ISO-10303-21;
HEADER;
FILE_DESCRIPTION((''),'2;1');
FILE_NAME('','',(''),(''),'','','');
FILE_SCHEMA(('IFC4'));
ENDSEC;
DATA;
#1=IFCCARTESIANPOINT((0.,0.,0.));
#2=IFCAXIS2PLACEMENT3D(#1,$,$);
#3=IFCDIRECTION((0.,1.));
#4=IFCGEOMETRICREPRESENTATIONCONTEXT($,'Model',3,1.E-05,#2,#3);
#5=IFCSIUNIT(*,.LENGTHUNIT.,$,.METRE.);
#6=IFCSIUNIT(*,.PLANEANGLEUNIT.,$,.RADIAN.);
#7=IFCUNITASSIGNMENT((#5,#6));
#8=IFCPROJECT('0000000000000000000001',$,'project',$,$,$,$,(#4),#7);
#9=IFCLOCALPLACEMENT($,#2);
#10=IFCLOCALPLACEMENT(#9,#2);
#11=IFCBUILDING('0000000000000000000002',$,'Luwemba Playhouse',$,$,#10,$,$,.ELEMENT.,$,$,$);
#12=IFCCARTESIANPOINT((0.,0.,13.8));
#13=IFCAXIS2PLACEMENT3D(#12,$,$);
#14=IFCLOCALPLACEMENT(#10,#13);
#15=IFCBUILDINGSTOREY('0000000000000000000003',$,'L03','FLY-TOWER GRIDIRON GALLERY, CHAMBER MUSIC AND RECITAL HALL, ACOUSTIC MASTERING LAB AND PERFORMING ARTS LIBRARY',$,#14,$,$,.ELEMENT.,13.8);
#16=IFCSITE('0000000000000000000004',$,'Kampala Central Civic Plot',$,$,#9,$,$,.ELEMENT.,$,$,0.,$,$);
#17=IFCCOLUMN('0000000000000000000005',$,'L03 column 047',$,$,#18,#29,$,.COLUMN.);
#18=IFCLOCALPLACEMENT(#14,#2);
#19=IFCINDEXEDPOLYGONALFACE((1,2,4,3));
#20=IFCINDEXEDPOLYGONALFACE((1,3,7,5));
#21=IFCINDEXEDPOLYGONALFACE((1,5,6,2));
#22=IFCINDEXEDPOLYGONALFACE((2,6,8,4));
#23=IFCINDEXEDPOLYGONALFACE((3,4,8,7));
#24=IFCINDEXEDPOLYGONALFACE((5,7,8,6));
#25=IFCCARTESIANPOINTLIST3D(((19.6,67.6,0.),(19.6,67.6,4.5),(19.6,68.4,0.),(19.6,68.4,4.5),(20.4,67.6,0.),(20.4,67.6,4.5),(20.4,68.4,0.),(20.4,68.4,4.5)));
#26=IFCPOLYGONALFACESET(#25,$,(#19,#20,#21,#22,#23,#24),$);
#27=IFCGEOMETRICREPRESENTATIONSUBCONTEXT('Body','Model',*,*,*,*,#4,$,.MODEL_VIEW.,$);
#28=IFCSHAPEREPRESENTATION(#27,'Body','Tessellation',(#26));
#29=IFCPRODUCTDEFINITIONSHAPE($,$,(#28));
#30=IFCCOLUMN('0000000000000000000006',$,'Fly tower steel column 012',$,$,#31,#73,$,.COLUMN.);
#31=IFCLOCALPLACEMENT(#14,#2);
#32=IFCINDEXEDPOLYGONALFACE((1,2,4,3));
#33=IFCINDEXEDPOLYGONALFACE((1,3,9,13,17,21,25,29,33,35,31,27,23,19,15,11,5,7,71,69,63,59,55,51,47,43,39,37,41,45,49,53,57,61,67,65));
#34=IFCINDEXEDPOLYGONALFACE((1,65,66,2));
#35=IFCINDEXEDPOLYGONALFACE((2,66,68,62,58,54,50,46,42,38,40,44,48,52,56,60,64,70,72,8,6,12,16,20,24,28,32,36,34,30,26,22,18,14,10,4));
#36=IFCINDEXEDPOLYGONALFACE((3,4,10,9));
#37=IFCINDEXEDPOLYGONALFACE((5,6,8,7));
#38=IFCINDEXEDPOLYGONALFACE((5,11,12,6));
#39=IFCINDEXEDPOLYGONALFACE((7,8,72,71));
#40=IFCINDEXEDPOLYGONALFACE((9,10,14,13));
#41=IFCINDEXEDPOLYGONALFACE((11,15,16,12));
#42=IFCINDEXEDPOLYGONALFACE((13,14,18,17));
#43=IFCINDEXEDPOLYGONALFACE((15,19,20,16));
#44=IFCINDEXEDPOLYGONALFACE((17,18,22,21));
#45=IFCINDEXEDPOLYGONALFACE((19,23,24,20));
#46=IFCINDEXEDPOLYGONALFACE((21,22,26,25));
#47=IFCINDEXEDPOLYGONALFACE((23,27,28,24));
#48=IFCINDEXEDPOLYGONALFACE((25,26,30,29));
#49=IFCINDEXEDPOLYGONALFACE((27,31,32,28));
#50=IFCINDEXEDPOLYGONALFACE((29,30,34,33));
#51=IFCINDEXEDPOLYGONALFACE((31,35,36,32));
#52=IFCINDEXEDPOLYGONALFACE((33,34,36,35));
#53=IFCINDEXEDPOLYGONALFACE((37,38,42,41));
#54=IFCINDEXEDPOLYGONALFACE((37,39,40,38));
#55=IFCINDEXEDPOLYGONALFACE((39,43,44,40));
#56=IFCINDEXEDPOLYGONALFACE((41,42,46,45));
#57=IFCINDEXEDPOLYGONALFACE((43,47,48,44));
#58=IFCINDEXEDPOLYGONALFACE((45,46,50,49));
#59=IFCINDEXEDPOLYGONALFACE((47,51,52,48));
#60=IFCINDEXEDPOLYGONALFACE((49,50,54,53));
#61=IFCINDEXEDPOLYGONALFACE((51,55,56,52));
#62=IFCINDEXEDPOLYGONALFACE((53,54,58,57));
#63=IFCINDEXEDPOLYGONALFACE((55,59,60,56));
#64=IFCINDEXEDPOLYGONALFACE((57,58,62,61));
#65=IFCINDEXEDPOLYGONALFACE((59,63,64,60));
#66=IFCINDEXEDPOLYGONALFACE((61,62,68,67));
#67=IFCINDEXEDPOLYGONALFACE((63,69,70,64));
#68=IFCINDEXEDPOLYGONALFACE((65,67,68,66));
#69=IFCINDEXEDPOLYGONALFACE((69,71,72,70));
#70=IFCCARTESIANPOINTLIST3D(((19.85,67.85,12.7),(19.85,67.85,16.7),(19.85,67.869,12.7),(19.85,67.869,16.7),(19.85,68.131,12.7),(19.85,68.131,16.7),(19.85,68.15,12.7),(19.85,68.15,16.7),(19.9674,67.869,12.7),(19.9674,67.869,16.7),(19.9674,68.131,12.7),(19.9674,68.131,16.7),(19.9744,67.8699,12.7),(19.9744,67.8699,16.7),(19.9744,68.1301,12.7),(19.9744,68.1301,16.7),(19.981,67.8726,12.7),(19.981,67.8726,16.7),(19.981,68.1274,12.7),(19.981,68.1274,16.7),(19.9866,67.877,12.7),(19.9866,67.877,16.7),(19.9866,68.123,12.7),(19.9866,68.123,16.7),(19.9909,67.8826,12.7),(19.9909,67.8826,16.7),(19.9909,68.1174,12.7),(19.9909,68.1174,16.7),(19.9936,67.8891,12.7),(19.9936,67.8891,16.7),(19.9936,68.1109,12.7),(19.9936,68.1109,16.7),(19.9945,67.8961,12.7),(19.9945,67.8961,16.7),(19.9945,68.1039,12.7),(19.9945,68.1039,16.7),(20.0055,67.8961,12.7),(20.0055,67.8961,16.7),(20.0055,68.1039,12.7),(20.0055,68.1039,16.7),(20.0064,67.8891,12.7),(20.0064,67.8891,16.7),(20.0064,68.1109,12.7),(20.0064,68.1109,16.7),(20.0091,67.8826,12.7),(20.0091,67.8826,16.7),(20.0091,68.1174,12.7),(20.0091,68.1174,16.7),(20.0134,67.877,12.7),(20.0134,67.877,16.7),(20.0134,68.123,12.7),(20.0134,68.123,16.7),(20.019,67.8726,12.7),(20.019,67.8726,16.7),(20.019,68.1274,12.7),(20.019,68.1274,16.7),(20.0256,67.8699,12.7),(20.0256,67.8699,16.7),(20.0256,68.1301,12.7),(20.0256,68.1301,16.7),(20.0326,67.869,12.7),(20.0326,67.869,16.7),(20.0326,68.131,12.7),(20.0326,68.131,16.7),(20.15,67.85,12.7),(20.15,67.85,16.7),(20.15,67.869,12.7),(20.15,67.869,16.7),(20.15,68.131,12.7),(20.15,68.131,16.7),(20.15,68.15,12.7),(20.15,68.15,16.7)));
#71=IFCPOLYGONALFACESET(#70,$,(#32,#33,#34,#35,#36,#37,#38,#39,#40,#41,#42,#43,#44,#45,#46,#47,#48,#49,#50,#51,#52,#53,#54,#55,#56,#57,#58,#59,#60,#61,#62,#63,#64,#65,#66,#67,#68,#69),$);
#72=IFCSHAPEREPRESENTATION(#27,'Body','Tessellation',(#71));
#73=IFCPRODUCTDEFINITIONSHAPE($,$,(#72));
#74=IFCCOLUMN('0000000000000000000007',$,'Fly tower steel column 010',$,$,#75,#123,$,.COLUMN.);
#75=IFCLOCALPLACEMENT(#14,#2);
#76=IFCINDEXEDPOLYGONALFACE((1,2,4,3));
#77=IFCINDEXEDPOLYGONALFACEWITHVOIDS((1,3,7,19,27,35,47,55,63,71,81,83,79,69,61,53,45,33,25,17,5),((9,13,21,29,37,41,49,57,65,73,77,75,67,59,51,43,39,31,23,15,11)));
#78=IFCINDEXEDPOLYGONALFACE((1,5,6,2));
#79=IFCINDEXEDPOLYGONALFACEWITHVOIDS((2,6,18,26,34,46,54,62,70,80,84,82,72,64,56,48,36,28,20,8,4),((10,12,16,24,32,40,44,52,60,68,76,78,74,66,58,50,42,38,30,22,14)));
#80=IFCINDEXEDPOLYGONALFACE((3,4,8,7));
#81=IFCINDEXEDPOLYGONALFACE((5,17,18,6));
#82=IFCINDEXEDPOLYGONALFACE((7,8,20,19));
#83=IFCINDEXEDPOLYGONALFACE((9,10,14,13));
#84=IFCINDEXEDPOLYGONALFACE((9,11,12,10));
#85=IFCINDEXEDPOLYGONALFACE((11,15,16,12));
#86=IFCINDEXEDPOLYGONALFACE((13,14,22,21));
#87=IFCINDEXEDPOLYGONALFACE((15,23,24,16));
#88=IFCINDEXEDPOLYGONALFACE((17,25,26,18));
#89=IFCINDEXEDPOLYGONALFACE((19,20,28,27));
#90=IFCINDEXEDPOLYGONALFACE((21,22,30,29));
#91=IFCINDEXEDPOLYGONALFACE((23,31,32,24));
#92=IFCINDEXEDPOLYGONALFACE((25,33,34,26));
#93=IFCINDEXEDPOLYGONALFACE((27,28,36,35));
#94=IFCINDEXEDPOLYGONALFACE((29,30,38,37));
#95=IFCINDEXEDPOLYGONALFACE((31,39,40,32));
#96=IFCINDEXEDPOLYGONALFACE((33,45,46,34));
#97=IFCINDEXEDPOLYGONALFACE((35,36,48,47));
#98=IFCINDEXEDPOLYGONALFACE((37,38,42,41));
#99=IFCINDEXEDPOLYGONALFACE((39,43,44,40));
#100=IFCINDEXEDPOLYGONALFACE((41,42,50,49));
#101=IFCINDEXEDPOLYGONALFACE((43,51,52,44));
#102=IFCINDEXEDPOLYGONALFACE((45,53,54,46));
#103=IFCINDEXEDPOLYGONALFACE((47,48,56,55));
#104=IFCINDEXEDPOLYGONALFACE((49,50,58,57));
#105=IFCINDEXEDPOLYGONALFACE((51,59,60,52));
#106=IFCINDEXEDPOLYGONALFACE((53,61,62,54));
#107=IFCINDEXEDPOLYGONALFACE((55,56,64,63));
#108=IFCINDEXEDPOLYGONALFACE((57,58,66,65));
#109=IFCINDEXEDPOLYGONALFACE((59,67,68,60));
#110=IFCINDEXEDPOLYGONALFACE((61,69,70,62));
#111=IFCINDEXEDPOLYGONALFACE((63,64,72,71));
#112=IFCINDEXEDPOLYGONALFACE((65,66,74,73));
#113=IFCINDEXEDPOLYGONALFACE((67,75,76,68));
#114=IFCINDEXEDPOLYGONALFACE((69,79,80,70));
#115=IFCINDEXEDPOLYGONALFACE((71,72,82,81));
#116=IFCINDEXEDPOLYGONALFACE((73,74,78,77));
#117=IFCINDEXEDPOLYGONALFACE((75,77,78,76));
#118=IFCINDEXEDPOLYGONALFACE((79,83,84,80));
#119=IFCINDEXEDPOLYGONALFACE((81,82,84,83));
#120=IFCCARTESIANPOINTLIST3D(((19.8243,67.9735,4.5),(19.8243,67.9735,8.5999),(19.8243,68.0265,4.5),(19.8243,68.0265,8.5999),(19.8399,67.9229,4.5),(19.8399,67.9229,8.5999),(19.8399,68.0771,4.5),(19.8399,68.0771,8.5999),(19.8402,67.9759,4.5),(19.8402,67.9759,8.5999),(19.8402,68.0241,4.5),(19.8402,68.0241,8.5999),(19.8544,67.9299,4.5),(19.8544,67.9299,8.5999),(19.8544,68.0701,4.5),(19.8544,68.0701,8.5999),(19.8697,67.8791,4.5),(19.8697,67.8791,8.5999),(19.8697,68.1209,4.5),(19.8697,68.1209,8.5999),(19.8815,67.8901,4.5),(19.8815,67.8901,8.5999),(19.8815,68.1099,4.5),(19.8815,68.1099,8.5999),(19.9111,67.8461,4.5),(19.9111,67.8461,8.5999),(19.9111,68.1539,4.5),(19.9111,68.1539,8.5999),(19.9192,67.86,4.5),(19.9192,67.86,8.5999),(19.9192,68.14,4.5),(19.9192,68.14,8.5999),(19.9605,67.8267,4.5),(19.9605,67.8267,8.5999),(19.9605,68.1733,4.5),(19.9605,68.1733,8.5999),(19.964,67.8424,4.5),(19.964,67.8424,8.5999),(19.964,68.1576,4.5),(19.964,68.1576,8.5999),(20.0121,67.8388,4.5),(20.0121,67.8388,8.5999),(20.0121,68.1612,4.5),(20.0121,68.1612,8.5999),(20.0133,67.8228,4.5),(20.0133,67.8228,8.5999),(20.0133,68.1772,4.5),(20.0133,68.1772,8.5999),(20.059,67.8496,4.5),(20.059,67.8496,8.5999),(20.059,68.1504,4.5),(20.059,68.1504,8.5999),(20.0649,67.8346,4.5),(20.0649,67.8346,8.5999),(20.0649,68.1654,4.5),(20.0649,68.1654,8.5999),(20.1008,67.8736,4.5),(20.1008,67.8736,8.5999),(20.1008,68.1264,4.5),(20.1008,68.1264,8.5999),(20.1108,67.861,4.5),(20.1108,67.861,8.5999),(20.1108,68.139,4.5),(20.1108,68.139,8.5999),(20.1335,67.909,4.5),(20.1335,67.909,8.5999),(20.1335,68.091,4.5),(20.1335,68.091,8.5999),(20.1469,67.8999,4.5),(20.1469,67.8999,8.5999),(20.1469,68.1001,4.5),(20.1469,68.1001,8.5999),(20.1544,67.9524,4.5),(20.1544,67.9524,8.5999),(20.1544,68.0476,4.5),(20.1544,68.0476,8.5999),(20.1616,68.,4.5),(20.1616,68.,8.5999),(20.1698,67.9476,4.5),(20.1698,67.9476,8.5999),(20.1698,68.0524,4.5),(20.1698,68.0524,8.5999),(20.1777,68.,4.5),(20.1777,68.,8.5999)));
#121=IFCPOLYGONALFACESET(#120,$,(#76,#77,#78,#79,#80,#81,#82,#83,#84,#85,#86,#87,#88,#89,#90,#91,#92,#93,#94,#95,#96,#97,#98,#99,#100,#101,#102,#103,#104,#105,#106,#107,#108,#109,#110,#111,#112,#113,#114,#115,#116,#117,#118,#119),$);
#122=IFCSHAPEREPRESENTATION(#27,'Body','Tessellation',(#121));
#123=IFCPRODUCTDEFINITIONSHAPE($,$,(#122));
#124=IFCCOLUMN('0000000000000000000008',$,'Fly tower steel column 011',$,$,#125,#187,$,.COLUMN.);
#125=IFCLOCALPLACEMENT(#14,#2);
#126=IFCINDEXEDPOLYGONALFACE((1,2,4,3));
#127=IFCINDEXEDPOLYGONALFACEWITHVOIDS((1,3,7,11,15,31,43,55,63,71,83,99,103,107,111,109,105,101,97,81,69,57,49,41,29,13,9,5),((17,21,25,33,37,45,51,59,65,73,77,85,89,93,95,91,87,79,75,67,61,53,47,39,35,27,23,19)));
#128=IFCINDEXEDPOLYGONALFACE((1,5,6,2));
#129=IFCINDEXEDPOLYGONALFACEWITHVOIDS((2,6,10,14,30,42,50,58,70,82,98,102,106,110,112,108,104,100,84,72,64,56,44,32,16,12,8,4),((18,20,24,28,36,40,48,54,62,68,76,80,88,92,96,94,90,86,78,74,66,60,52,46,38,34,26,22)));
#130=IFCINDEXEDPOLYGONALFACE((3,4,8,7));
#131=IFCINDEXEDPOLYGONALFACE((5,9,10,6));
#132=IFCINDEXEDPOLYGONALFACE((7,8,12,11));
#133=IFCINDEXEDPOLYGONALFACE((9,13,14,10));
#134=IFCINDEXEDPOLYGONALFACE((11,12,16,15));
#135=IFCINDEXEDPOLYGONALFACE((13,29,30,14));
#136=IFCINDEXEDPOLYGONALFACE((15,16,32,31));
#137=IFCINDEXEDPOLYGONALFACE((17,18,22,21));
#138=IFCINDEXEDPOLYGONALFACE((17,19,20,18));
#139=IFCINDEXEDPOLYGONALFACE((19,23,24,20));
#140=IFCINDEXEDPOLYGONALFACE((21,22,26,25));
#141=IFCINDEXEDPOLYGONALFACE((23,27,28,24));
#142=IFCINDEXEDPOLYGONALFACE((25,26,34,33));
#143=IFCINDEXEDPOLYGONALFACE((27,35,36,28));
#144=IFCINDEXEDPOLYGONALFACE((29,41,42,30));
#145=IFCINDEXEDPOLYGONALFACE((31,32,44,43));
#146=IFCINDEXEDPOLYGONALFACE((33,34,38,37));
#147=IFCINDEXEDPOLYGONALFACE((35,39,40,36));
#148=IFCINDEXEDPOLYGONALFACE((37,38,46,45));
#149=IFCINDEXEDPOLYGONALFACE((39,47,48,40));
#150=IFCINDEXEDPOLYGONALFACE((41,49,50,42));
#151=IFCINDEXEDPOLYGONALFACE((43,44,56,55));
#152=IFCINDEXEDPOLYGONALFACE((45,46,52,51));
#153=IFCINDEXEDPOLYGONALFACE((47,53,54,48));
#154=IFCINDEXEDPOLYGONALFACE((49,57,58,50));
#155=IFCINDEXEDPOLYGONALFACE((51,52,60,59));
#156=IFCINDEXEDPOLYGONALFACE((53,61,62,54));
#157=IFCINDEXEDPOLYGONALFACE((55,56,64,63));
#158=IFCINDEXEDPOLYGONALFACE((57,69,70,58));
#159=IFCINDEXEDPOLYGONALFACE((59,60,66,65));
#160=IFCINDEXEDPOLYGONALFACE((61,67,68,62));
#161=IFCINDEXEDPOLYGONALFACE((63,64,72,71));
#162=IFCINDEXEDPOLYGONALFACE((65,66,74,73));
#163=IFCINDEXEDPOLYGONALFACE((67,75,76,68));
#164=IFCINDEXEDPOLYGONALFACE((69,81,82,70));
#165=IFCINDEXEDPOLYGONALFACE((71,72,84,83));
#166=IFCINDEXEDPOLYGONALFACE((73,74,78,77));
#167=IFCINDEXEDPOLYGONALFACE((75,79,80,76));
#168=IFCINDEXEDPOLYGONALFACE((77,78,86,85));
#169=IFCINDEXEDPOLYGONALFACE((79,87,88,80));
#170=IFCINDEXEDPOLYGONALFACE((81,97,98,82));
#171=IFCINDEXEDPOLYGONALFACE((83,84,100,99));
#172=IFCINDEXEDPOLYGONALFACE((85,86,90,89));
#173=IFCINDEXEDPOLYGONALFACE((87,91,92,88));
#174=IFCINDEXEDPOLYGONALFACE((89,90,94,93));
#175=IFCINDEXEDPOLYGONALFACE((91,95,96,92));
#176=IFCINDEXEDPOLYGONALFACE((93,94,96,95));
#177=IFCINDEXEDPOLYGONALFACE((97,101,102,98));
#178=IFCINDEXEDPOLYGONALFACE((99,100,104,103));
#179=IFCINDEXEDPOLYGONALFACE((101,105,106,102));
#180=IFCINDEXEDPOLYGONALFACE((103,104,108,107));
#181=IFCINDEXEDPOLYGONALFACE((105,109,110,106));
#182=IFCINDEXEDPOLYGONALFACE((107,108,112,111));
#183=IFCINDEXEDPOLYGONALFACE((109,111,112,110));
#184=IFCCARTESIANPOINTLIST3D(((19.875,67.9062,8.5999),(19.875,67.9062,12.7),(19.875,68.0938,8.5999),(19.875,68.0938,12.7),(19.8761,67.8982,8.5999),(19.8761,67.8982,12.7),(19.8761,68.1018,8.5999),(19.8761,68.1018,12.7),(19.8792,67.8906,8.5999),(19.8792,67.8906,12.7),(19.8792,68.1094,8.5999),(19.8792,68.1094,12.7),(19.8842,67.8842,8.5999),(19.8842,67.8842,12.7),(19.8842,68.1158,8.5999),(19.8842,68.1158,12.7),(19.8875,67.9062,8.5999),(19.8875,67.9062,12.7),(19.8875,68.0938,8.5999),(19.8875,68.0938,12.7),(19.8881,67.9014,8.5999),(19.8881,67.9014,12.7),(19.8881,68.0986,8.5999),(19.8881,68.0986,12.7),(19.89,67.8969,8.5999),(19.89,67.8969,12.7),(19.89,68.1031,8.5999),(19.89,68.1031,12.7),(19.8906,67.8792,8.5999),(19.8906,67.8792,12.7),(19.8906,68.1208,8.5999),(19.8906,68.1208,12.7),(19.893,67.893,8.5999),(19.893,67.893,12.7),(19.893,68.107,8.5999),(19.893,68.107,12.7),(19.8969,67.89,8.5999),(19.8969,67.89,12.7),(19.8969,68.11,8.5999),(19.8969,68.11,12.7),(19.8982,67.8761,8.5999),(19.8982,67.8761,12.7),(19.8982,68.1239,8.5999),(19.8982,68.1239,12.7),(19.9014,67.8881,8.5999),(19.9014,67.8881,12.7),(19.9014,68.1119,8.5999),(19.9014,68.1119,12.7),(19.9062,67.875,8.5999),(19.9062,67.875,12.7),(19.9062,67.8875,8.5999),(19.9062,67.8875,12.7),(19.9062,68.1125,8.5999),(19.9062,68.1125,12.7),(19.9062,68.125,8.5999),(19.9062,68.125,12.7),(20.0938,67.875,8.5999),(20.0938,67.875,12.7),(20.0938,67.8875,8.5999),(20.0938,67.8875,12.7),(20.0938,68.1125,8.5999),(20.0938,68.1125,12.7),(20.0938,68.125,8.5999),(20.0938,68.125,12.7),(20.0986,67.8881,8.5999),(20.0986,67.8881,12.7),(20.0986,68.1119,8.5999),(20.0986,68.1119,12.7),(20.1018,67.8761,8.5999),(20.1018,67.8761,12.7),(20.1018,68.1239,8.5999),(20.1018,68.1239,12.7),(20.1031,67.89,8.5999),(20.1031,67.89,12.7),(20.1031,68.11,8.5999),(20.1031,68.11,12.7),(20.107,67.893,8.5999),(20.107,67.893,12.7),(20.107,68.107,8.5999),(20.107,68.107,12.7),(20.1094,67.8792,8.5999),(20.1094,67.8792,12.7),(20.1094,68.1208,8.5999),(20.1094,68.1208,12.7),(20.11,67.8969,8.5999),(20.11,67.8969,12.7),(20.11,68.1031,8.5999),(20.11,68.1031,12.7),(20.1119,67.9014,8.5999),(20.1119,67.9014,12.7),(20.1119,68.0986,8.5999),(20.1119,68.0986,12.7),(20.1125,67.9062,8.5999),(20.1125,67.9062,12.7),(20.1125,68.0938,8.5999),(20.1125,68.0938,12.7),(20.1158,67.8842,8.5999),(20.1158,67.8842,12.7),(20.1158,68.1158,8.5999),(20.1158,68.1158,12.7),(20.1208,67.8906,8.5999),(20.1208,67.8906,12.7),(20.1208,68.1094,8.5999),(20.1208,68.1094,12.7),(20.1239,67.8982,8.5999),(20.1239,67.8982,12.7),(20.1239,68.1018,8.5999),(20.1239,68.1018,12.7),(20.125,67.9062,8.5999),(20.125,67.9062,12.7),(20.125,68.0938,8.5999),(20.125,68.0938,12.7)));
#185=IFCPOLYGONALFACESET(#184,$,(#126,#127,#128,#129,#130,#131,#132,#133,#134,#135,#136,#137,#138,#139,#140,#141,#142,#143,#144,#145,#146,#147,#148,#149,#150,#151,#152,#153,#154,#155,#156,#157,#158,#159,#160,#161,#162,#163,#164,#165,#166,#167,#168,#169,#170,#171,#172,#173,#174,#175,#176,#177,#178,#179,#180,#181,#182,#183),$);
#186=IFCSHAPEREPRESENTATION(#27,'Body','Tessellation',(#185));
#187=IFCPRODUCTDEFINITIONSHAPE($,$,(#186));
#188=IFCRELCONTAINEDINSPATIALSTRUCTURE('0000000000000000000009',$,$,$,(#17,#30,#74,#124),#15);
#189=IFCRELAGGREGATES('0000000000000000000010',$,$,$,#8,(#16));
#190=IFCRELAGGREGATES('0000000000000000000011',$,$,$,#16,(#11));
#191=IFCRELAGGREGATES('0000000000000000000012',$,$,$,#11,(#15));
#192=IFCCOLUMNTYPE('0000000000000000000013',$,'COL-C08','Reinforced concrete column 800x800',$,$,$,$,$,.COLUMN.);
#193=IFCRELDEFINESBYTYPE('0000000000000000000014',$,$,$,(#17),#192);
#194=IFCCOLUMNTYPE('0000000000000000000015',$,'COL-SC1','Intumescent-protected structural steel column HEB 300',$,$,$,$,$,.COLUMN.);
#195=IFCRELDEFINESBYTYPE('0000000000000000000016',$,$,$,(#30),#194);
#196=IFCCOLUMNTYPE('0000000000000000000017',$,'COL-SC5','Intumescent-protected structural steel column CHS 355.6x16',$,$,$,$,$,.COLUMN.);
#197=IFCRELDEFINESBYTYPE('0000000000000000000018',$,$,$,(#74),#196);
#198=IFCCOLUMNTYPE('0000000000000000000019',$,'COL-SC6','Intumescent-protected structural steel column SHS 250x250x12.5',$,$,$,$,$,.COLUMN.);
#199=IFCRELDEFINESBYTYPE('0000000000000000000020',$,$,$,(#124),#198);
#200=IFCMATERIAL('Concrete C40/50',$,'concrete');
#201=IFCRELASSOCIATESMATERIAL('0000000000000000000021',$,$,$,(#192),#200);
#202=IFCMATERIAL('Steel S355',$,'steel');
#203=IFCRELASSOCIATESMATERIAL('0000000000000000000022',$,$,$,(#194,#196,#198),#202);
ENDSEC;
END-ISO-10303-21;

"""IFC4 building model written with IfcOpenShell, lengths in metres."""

from ifc_helpers import new_model, si_unit, direction, frame, origin, origin_2d, place, context, subcontext, project, spatial, rectangle, hollow_rectangle, hollow_circle, i_section, extrude, material, material_profile, profile_set, type_object, element, save


model = new_model("IFC4")

# Units and contexts
model_context = context("Model", 3, precision=1e-05, world=origin(), true_north=direction((0.0, 1.0)))
body_context = subcontext(model_context, "Body", "Model", "MODEL_VIEW")
ifc_project = project(units=[si_unit("LENGTHUNIT", "METRE"), si_unit("PLANEANGLEUNIT", "RADIAN")], contexts=[model_context])

# Site, building, storey
site_placement = place(None, origin())
site = spatial("IfcSite", under=ifc_project, at=site_placement, Name="Kampala Central Civic Plot", CompositionType="ELEMENT", RefElevation=0.0)
building_placement = place(site_placement, origin())
building = spatial("IfcBuilding", under=site, at=building_placement, Name="Luwemba Playhouse", CompositionType="ELEMENT")
storey_placement = place(building_placement, frame((0.0, 0.0, 13.8)))
storey = spatial("IfcBuildingStorey", under=building, at=storey_placement, Name="L03", Description="FLY-TOWER GRIDIRON GALLERY, CHAMBER MUSIC AND RECITAL HALL, ACOUSTIC MASTERING LAB AND PERFORMING ARTS LIBRARY", CompositionType="ELEMENT", Elevation=13.8)

# Columns
ifc_material_1 = material(Name="Concrete C40/50", Category="concrete")
ifc_material_profile_1 = material_profile(ifc_material_1, rectangle(XDim=0.8, YDim=0.8, at=origin_2d()))
ifc_profile_set_1 = profile_set([ifc_material_profile_1], Name="Concrete C40/50")
column_type_1 = type_object("IfcColumnType", Name="COL-C08", Description="Reinforced concrete column 800x800", PredefinedType="COLUMN", material=ifc_profile_set_1)
column_1_placement = place(storey_placement, frame((20.0, 68.0, 0.0), z_axis=(0.0, 0.0, 1.0), x_axis=(1.0, 0.0, 0.0)))
element("IfcColumn", 1, at=column_1_placement, inside=storey, type_object=column_type_1, Name="L03 column 047", PredefinedType="COLUMN", context=body_context, shape_type="SweptSolid", body=[
    extrude(rectangle(XDim=0.8, YDim=0.8, at=origin_2d()), origin(), (0.0, 0.0, 1.0), 4.5),
])
ifc_material_2 = material(Name="Steel S355", Category="steel")
ifc_material_profile_2 = material_profile(ifc_material_2, i_section(OverallWidth=0.3, OverallDepth=0.3, WebThickness=0.011, FlangeThickness=0.019, FilletRadius=0.0271, at=origin_2d()))
ifc_profile_set_2 = profile_set([ifc_material_profile_2], Name="Steel S355")
column_type_2 = type_object("IfcColumnType", Name="COL-SC1", Description="Intumescent-protected structural steel column HEB 300", PredefinedType="COLUMN", material=ifc_profile_set_2)
column_2_placement = place(storey_placement, frame((20.0, 68.0, 12.7), z_axis=(0.0, 0.0, 1.0), x_axis=(1.0, 0.0, 0.0)))
element("IfcColumn", 2, at=column_2_placement, inside=storey, type_object=column_type_2, Name="Fly tower steel column 012", PredefinedType="COLUMN", context=body_context, shape_type="SweptSolid", body=[
    extrude(i_section(OverallWidth=0.3, OverallDepth=0.3, WebThickness=0.011, FlangeThickness=0.019, FilletRadius=0.0271, at=origin_2d()), origin(), (0.0, 0.0, 1.0), 4.0),
])
ifc_material_profile_3 = material_profile(ifc_material_2, hollow_circle(Radius=0.1777, WallThickness=0.0161, at=origin_2d()))
ifc_profile_set_3 = profile_set([ifc_material_profile_3], Name="Steel S355")
column_type_3 = type_object("IfcColumnType", Name="COL-SC5", Description="Intumescent-protected structural steel column CHS 355.6x16", PredefinedType="COLUMN", material=ifc_profile_set_3)
column_3_placement = place(storey_placement, frame((20.0, 68.0, 4.5), z_axis=(0.0, 0.0, 1.0), x_axis=(1.0, 0.0, 0.0)))
element("IfcColumn", 3, at=column_3_placement, inside=storey, type_object=column_type_3, Name="Fly tower steel column 010", PredefinedType="COLUMN", context=body_context, shape_type="SweptSolid", body=[
    extrude(hollow_circle(Radius=0.1777, WallThickness=0.0161, at=origin_2d()), origin(), (0.0, 0.0, 1.0), 4.0999),
])
ifc_material_profile_4 = material_profile(ifc_material_2, hollow_rectangle(XDim=0.25, YDim=0.25, WallThickness=0.0125, InnerFilletRadius=0.0188, OuterFilletRadius=0.0312, at=origin_2d()))
ifc_profile_set_4 = profile_set([ifc_material_profile_4], Name="Steel S355")
column_type_4 = type_object("IfcColumnType", Name="COL-SC6", Description="Intumescent-protected structural steel column SHS 250x250x12.5", PredefinedType="COLUMN", material=ifc_profile_set_4)
column_4_placement = place(storey_placement, frame((20.0, 68.0, 8.5999), z_axis=(0.0, 0.0, 1.0), x_axis=(1.0, 0.0, 0.0)))
element("IfcColumn", 4, at=column_4_placement, inside=storey, type_object=column_type_4, Name="Fly tower steel column 011", PredefinedType="COLUMN", context=body_context, shape_type="SweptSolid", body=[
    extrude(hollow_rectangle(XDim=0.25, YDim=0.25, WallThickness=0.0125, InnerFilletRadius=0.0188, OuterFilletRadius=0.0312, at=origin_2d()), origin(), (0.0, 0.0, 1.0), 4.1001),
])

save(model, "model.ifc")
